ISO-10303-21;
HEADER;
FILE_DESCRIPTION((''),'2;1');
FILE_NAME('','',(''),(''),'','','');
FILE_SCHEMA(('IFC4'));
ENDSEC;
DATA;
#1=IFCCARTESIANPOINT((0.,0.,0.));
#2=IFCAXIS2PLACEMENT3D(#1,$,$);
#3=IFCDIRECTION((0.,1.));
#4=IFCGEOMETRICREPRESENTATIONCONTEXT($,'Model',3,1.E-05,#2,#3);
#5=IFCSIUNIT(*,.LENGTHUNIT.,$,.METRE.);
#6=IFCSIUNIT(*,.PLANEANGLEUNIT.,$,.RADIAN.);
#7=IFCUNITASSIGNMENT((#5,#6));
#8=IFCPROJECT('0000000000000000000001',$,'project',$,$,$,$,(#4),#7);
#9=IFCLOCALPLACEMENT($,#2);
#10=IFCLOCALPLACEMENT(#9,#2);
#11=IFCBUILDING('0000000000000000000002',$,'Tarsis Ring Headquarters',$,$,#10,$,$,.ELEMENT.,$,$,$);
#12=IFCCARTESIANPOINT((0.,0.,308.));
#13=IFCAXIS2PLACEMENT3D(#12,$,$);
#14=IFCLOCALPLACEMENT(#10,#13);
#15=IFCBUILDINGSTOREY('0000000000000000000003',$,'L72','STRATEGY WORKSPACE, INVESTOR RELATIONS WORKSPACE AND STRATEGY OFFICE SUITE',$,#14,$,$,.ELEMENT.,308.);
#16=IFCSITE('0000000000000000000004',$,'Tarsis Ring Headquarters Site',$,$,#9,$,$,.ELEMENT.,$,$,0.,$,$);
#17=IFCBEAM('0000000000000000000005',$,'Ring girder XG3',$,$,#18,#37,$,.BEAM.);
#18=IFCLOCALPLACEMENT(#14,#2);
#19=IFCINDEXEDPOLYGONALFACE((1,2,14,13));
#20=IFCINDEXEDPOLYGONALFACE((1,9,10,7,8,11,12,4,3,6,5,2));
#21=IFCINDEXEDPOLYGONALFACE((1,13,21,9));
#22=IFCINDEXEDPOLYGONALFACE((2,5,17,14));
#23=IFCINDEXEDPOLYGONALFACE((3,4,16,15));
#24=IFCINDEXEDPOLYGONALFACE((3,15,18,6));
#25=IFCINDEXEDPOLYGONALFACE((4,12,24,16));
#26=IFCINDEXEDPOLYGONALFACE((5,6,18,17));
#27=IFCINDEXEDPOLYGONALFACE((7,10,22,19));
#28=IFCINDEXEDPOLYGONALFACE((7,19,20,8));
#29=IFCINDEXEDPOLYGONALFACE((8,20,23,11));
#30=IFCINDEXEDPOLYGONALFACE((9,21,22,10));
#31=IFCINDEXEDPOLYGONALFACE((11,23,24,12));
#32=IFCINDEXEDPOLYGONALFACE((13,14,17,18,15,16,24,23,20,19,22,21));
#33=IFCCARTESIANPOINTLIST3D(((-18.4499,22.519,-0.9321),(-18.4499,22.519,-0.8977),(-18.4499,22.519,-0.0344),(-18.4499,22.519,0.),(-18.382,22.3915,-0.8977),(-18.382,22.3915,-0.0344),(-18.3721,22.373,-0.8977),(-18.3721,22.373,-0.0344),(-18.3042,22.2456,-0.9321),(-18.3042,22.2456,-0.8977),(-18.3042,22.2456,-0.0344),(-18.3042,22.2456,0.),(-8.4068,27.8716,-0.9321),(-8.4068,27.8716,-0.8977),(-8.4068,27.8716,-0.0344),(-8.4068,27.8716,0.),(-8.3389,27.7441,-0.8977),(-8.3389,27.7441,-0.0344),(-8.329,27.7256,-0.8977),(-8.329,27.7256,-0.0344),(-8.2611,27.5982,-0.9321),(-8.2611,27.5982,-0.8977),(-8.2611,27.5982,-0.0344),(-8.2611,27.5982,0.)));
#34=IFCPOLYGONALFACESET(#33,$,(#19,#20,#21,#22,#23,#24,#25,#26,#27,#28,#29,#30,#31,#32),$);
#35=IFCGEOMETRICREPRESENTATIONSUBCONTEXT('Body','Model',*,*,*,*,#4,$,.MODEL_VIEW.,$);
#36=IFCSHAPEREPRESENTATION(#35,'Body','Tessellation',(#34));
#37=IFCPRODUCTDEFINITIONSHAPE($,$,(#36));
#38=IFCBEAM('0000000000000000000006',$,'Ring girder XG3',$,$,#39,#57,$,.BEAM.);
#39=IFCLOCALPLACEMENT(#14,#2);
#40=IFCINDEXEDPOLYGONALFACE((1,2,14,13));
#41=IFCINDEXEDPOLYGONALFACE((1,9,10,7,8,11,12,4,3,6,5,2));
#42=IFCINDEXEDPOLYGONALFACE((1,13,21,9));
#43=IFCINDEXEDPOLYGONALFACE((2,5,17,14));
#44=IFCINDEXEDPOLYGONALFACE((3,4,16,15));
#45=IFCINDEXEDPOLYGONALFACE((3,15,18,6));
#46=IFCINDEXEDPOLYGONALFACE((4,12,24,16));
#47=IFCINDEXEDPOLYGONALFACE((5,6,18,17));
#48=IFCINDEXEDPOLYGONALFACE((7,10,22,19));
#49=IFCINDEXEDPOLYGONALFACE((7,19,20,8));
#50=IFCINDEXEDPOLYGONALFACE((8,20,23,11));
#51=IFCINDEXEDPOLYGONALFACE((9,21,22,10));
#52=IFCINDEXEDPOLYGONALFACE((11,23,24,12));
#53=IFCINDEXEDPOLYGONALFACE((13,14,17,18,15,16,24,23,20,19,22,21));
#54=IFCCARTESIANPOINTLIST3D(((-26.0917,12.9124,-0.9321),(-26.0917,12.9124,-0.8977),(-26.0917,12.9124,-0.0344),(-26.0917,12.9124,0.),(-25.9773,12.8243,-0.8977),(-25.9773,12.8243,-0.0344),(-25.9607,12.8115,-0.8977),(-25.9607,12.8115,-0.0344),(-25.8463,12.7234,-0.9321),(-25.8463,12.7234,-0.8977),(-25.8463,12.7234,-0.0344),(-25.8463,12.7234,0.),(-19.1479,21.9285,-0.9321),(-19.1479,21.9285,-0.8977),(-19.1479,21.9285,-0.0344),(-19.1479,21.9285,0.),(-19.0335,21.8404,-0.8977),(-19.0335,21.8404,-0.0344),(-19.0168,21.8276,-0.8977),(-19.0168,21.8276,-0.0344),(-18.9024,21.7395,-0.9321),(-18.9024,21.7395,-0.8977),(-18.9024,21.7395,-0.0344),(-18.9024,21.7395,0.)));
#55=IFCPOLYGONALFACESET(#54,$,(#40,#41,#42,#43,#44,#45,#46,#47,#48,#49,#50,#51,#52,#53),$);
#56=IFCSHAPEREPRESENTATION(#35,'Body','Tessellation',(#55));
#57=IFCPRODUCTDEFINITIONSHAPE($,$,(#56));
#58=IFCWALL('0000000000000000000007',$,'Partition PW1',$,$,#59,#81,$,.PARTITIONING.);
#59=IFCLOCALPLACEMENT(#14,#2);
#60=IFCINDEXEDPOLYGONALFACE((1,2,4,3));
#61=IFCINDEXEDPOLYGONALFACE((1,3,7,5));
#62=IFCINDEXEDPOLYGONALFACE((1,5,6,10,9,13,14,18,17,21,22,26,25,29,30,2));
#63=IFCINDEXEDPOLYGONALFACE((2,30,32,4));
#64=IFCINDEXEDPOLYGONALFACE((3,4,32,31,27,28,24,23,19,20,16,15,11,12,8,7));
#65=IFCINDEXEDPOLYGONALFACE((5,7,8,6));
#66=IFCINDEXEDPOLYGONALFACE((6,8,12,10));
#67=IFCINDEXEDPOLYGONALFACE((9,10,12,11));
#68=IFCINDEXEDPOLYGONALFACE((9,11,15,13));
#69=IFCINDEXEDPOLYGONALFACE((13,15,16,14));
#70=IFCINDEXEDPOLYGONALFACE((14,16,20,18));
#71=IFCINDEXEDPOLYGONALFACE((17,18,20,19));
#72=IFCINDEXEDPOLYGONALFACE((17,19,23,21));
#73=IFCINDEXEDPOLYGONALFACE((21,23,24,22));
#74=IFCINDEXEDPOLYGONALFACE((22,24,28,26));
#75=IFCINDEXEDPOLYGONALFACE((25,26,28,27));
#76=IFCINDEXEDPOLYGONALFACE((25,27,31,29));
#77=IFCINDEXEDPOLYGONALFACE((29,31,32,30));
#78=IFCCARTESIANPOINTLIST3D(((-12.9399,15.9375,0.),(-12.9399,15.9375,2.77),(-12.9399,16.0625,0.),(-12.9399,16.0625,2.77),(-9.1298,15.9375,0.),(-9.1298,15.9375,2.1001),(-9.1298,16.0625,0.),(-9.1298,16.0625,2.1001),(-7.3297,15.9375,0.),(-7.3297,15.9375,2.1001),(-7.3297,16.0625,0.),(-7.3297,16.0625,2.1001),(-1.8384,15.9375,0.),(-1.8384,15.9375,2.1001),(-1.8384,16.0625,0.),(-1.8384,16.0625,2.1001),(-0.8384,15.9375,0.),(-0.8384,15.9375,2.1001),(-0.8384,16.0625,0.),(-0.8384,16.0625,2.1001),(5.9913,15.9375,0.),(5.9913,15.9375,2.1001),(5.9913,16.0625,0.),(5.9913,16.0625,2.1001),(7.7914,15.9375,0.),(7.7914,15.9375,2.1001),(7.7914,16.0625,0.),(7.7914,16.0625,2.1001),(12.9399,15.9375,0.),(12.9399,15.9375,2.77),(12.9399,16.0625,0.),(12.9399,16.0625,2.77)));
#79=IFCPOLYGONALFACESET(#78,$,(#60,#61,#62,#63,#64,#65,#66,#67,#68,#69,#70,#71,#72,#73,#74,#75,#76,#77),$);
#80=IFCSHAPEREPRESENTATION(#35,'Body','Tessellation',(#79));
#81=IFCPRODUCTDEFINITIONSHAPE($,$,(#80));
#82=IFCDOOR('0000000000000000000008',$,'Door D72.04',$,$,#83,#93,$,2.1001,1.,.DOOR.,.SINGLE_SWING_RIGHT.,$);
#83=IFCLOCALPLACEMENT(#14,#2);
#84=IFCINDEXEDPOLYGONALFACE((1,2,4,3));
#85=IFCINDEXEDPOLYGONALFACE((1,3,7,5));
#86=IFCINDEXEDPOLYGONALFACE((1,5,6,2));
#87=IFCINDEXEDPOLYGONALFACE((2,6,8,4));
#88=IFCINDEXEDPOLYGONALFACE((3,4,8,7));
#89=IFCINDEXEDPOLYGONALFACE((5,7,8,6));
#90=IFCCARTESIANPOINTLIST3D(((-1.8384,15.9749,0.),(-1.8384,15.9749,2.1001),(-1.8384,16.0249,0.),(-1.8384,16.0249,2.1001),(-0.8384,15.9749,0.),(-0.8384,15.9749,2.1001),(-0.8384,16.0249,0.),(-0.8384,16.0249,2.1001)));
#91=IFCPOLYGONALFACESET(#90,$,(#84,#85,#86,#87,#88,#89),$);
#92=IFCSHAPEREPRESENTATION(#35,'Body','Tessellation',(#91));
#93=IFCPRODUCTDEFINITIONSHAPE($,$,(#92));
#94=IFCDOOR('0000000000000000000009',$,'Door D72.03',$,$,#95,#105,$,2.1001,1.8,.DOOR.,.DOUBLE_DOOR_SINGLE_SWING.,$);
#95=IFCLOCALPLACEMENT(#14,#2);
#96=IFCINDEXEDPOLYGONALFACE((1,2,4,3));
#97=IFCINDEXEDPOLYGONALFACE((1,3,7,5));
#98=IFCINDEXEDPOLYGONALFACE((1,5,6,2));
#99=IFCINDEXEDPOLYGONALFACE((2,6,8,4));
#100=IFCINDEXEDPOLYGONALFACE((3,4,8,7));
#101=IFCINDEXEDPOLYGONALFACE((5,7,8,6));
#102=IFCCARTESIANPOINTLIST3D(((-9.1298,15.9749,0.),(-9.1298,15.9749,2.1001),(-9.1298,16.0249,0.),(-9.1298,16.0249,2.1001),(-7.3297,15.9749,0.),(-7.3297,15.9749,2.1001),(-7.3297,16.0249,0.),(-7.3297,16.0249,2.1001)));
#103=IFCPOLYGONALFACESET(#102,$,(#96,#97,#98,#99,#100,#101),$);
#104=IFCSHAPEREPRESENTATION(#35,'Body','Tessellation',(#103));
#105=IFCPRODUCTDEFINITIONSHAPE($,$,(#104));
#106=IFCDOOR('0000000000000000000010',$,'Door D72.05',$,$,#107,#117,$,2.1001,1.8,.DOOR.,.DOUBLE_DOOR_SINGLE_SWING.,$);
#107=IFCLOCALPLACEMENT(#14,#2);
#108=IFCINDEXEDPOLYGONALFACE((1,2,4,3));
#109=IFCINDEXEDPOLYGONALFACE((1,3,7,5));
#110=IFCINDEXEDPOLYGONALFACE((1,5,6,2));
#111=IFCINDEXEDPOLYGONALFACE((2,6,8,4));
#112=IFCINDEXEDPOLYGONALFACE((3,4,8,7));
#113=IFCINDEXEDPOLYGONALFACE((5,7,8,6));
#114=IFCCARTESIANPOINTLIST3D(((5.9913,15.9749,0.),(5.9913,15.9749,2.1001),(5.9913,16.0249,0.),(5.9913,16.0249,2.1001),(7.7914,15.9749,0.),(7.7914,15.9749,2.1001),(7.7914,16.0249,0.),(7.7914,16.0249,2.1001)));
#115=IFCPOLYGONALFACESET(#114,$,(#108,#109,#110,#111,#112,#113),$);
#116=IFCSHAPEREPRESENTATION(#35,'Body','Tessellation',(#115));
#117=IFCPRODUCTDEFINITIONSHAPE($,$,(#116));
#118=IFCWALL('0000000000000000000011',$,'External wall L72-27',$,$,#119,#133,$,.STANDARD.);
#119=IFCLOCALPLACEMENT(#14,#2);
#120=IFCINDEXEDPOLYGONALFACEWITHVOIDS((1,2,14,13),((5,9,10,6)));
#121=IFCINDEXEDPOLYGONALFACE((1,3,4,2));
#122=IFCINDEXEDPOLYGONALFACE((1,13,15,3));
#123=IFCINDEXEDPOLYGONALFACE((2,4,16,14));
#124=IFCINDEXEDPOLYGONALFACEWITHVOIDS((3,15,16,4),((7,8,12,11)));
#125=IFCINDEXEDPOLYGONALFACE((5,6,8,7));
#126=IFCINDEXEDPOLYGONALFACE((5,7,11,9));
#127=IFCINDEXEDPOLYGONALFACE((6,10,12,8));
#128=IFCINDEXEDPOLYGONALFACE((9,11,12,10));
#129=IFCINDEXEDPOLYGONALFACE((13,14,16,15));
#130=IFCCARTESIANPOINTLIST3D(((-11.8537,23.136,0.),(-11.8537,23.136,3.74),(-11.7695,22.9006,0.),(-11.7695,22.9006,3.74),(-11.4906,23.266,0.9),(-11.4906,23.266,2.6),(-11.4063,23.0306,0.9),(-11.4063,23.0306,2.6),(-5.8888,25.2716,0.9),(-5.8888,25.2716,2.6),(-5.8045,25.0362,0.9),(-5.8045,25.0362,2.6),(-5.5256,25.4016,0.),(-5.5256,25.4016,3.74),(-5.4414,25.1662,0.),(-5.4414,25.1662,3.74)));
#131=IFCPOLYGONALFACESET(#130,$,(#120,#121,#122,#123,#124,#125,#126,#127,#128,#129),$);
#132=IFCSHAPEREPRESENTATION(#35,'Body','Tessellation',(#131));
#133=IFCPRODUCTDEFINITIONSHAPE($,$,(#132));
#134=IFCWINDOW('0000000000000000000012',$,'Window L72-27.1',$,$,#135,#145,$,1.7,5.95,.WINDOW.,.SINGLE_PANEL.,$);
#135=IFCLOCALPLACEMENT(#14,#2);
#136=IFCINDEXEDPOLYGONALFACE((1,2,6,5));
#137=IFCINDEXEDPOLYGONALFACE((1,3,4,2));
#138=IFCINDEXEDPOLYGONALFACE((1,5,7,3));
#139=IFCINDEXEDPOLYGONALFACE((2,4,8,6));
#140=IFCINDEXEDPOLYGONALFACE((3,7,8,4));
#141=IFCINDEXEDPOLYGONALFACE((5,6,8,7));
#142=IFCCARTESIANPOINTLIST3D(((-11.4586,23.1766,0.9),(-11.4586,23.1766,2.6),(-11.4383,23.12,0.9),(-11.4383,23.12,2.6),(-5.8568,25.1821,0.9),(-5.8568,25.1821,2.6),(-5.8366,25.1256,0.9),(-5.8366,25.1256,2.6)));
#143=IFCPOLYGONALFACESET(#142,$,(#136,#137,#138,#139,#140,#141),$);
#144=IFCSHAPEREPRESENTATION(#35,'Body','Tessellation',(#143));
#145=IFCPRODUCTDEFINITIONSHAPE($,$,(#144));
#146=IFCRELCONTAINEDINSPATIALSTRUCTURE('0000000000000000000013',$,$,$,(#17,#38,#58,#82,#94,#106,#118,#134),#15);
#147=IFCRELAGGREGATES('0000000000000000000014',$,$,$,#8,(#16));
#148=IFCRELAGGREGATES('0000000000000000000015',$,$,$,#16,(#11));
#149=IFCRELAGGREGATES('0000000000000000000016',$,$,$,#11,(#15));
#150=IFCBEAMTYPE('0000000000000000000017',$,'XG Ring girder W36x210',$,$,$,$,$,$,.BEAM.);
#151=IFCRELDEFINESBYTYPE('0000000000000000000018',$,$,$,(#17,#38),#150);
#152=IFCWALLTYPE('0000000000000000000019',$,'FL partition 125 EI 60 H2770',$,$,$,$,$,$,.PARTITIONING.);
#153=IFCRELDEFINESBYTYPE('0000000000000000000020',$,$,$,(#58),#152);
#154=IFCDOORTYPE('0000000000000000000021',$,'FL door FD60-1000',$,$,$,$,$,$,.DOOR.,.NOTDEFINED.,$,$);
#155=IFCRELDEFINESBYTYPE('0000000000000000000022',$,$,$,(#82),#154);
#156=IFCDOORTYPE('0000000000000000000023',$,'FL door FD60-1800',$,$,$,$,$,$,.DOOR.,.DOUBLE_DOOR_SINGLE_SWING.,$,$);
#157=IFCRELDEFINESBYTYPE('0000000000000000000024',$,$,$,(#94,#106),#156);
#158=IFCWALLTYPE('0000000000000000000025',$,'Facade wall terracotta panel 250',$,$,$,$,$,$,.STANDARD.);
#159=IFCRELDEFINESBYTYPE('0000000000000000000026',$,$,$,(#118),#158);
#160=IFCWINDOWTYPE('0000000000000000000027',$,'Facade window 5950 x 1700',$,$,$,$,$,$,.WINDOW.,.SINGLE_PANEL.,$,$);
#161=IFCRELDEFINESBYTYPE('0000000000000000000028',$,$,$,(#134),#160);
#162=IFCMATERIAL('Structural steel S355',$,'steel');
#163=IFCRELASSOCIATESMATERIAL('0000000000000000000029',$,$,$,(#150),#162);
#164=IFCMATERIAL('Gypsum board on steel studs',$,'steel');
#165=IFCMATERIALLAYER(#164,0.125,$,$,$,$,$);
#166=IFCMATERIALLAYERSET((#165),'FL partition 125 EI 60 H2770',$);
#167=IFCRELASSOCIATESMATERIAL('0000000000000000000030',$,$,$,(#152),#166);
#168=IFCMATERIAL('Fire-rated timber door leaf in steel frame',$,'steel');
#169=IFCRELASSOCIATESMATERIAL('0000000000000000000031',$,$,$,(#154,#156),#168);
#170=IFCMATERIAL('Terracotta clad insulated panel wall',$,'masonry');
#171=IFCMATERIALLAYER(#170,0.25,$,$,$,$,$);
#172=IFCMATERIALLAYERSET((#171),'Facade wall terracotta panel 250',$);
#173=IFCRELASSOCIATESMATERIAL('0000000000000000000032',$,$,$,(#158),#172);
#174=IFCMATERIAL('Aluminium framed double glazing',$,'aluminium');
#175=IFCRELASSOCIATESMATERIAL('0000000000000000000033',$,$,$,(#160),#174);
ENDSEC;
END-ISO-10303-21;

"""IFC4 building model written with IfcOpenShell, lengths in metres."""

from ifc_helpers import new_model, si_unit, direction, frame, frame_2d, origin, origin_2d, place, context, subcontext, project, spatial, rectangle, i_section, extrude, material, layer, layer_set, material_profile, profile_set, type_object, element, fill, save


model = new_model("IFC4")

# Units and contexts
model_context = context("Model", 3, precision=1e-05, world=origin(), true_north=direction((0.0, 1.0)))
body_context = subcontext(model_context, "Body", "Model", "MODEL_VIEW")
ifc_project = project(units=[si_unit("LENGTHUNIT", "METRE"), si_unit("PLANEANGLEUNIT", "RADIAN")], contexts=[model_context])

# Site, building, storey
site_placement = place(None, origin())
site = spatial("IfcSite", under=ifc_project, at=site_placement, Name="Tarsis Ring Headquarters Site", CompositionType="ELEMENT", RefElevation=0.0)
building_placement = place(site_placement, origin())
building = spatial("IfcBuilding", under=site, at=building_placement, Name="Tarsis Ring Headquarters", CompositionType="ELEMENT")
storey_placement = place(building_placement, frame((0.0, 0.0, 308.0)))
storey = spatial("IfcBuildingStorey", under=building, at=storey_placement, Name="L72", Description="STRATEGY WORKSPACE, INVESTOR RELATIONS WORKSPACE AND STRATEGY OFFICE SUITE", CompositionType="ELEMENT", Elevation=308.0)

# Shared definitions
ifc_material_1 = material(Name="Structural steel S355", Category="steel")

# Beams
ifc_material_profile_1 = material_profile(ifc_material_1, i_section(OverallWidth=0.3098, OverallDepth=0.9321, WebThickness=0.021, FlangeThickness=0.0344, at=origin_2d()), Name="W36x210")
ifc_profile_set_1 = profile_set([ifc_material_profile_1], Name="Structural steel S355")
beam_type_1 = type_object("IfcBeamType", Name="XG Ring girder W36x210", PredefinedType="BEAM", material=ifc_profile_set_1)
beam_1_placement = place(storey_placement, frame((-8.334, 27.7349, -0.4661), z_axis=(-0.882488, -0.470334, 0.0), x_axis=(0.470334, -0.882488, 0.0)))
element("IfcBeam", 1, at=beam_1_placement, inside=storey, type_object=beam_type_1, Name="Ring girder XG3", PredefinedType="BEAM", context=body_context, shape_type="SweptSolid", body=[
    extrude(i_section(OverallWidth=0.3098, OverallDepth=0.9321, WebThickness=0.021, FlangeThickness=0.0344, at=origin_2d()), origin(), (0.0, 0.0, 1.0), 11.3804),
])
beam_2_placement = place(storey_placement, frame((-19.0251, 21.834, -0.4661), z_axis=(-0.610173, -0.792268, 0.0), x_axis=(0.792268, -0.610173, 0.0)))
element("IfcBeam", 2, at=beam_2_placement, inside=storey, type_object=beam_type_1, Name="Ring girder XG3", PredefinedType="BEAM", context=body_context, shape_type="SweptSolid", body=[
    extrude(i_section(OverallWidth=0.3098, OverallDepth=0.9321, WebThickness=0.021, FlangeThickness=0.0344, at=origin_2d()), origin(), (0.0, 0.0, 1.0), 11.3801),
])

# Wall, openings, doors
ifc_material_2 = material(Name="Gypsum board on steel studs", Category="steel")
ifc_layer_1 = layer(ifc_material_2, 0.125)
ifc_layer_set_1 = layer_set([ifc_layer_1], Name="FL partition 125 EI 60 H2770")
wall_type_1 = type_object("IfcWallType", Name="FL partition 125 EI 60 H2770", PredefinedType="PARTITIONING", material=ifc_layer_set_1)
wall_1_placement = place(storey_placement, frame((-12.9399, 16.0, 0.0), z_axis=(0.0, 0.0, 1.0), x_axis=(1.0, 0.0, 0.0)))
wall_1 = element("IfcWall", 3, at=wall_1_placement, inside=storey, type_object=wall_type_1, Name="Partition PW1", PredefinedType="PARTITIONING", context=body_context, shape_type="SweptSolid", body=[
    extrude(rectangle(XDim=25.8799, YDim=0.125, at=frame_2d((12.9399, 0.0))), origin(), (0.0, 0.0, 1.0), 2.77),
])
opening_1_placement = place(wall_1_placement, frame((3.8103, 0.0, 0.0)))
opening_1 = element("IfcOpeningElement", 4, at=opening_1_placement, cuts=wall_1, PredefinedType="OPENING", context=body_context, shape_type="SweptSolid", body=[
    extrude(rectangle(XDim=1.8, YDim=2.1001, at=frame_2d((0.8999, 1.05))), frame((0.0, 0.0725, 0.0), z_axis=(0.0, -1.0, 0.0), x_axis=(1.0, 0.0, 0.0)), (0.0, 0.0, 1.0), 0.145),
])
opening_2_placement = place(wall_1_placement, frame((11.1016, 0.0, 0.0)))
opening_2 = element("IfcOpeningElement", 5, at=opening_2_placement, cuts=wall_1, PredefinedType="OPENING", context=body_context, shape_type="SweptSolid", body=[
    extrude(rectangle(XDim=1.0, YDim=2.1001, at=frame_2d((0.5, 1.05))), frame((0.0, 0.0725, 0.0), z_axis=(0.0, -1.0, 0.0), x_axis=(1.0, 0.0, 0.0)), (0.0, 0.0, 1.0), 0.145),
])
opening_3_placement = place(wall_1_placement, frame((18.9314, 0.0, 0.0)))
opening_3 = element("IfcOpeningElement", 6, at=opening_3_placement, cuts=wall_1, PredefinedType="OPENING", context=body_context, shape_type="SweptSolid", body=[
    extrude(rectangle(XDim=1.8, YDim=2.1001, at=frame_2d((0.8999, 1.05))), frame((0.0, 0.0725, 0.0), z_axis=(0.0, -1.0, 0.0), x_axis=(1.0, 0.0, 0.0)), (0.0, 0.0, 1.0), 0.145),
])
ifc_material_3 = material(Name="Fire-rated timber door leaf in steel frame", Category="steel")
door_type_1 = type_object("IfcDoorType", Name="FL door FD60-1000", OperationType="NOTDEFINED", PredefinedType="DOOR", material=ifc_material_3)
door_1_placement = place(opening_2_placement, origin())
door_1 = element("IfcDoor", 7, at=door_1_placement, inside=storey, type_object=door_type_1, Name="Door D72.04", OperationType="SINGLE_SWING_RIGHT", OverallHeight=2.1001, OverallWidth=1.0, PredefinedType="DOOR", context=body_context, shape_type="SweptSolid", body=[
    extrude(rectangle(XDim=1.0, YDim=2.1001, at=frame_2d((0.5, 1.05))), frame((0.0, 0.0249, 0.0), z_axis=(0.0, -1.0, 0.0), x_axis=(1.0, 0.0, 0.0)), (0.0, 0.0, 1.0), 0.05),
])
fill(opening_2, door_1)
door_type_2 = type_object("IfcDoorType", Name="FL door FD60-1800", OperationType="DOUBLE_DOOR_SINGLE_SWING", PredefinedType="DOOR", material=ifc_material_3)
door_2_placement = place(opening_1_placement, origin())
door_2 = element("IfcDoor", 8, at=door_2_placement, inside=storey, type_object=door_type_2, Name="Door D72.03", OperationType="DOUBLE_DOOR_SINGLE_SWING", OverallHeight=2.1001, OverallWidth=1.8, PredefinedType="DOOR", context=body_context, shape_type="SweptSolid", body=[
    extrude(rectangle(XDim=1.8, YDim=2.1001, at=frame_2d((0.8999, 1.05))), frame((0.0, 0.0249, 0.0), z_axis=(0.0, -1.0, 0.0), x_axis=(1.0, 0.0, 0.0)), (0.0, 0.0, 1.0), 0.05),
])
fill(opening_1, door_2)
door_3_placement = place(opening_3_placement, origin())
door_3 = element("IfcDoor", 9, at=door_3_placement, inside=storey, type_object=door_type_2, Name="Door D72.05", OperationType="DOUBLE_DOOR_SINGLE_SWING", OverallHeight=2.1001, OverallWidth=1.8, PredefinedType="DOOR", context=body_context, shape_type="SweptSolid", body=[
    extrude(rectangle(XDim=1.8, YDim=2.1001, at=frame_2d((0.8999, 1.05))), frame((0.0, 0.0249, 0.0), z_axis=(0.0, -1.0, 0.0), x_axis=(1.0, 0.0, 0.0)), (0.0, 0.0, 1.0), 0.05),
])
fill(opening_3, door_3)

# Wall, opening, window
ifc_material_4 = material(Name="Terracotta clad insulated panel wall", Category="masonry")
ifc_layer_2 = layer(ifc_material_4, 0.25)
ifc_layer_set_2 = layer_set([ifc_layer_2], Name="Facade wall terracotta panel 250")
wall_type_2 = type_object("IfcWallType", Name="Facade wall terracotta panel 250", PredefinedType="STANDARD", material=ifc_layer_set_2)
wall_2_placement = place(storey_placement, frame((-5.4834, 25.2839, 0.0), z_axis=(0.0, 0.0, 1.0), x_axis=(-0.941479, -0.337073, 0.0)))
wall_2 = element("IfcWall", 10, at=wall_2_placement, inside=storey, type_object=wall_type_2, Name="External wall L72-27", PredefinedType="STANDARD", context=body_context, shape_type="SweptSolid", body=[
    extrude(rectangle(XDim=6.7214, YDim=0.25, at=frame_2d((3.3608, 0.0))), origin(), (0.0, 0.0, 1.0), 3.74),
])
opening_4_placement = place(wall_2_placement, frame((0.3857, 0.0, 0.8999)))
opening_4 = element("IfcOpeningElement", 11, at=opening_4_placement, cuts=wall_2, PredefinedType="OPENING", context=body_context, shape_type="SweptSolid", body=[
    extrude(rectangle(XDim=5.95, YDim=1.7, at=frame_2d((2.9751, 0.8501))), frame((0.0, 0.135, 0.0), z_axis=(0.0, -1.0, 0.0), x_axis=(1.0, 0.0, 0.0)), (0.0, 0.0, 1.0), 0.27),
])
ifc_material_5 = material(Name="Aluminium framed double glazing", Category="aluminium")
window_type = type_object("IfcWindowType", Name="Facade window 5950 x 1700", PartitioningType="SINGLE_PANEL", PredefinedType="WINDOW", material=ifc_material_5)
window_1_placement = place(opening_4_placement, origin())
window_1 = element("IfcWindow", 12, at=window_1_placement, inside=storey, type_object=window_type, Name="Window L72-27.1", OverallHeight=1.7, OverallWidth=5.95, PartitioningType="SINGLE_PANEL", PredefinedType="WINDOW", context=body_context, shape_type="SweptSolid", body=[
    extrude(rectangle(XDim=5.95, YDim=1.7, at=frame_2d((2.9751, 0.8501))), frame((0.0, 0.03, 0.0), z_axis=(0.0, -1.0, 0.0), x_axis=(1.0, 0.0, 0.0)), (0.0, 0.0, 1.0), 0.0601),
])
fill(opening_4, window_1)

save(model, "model.ifc")
